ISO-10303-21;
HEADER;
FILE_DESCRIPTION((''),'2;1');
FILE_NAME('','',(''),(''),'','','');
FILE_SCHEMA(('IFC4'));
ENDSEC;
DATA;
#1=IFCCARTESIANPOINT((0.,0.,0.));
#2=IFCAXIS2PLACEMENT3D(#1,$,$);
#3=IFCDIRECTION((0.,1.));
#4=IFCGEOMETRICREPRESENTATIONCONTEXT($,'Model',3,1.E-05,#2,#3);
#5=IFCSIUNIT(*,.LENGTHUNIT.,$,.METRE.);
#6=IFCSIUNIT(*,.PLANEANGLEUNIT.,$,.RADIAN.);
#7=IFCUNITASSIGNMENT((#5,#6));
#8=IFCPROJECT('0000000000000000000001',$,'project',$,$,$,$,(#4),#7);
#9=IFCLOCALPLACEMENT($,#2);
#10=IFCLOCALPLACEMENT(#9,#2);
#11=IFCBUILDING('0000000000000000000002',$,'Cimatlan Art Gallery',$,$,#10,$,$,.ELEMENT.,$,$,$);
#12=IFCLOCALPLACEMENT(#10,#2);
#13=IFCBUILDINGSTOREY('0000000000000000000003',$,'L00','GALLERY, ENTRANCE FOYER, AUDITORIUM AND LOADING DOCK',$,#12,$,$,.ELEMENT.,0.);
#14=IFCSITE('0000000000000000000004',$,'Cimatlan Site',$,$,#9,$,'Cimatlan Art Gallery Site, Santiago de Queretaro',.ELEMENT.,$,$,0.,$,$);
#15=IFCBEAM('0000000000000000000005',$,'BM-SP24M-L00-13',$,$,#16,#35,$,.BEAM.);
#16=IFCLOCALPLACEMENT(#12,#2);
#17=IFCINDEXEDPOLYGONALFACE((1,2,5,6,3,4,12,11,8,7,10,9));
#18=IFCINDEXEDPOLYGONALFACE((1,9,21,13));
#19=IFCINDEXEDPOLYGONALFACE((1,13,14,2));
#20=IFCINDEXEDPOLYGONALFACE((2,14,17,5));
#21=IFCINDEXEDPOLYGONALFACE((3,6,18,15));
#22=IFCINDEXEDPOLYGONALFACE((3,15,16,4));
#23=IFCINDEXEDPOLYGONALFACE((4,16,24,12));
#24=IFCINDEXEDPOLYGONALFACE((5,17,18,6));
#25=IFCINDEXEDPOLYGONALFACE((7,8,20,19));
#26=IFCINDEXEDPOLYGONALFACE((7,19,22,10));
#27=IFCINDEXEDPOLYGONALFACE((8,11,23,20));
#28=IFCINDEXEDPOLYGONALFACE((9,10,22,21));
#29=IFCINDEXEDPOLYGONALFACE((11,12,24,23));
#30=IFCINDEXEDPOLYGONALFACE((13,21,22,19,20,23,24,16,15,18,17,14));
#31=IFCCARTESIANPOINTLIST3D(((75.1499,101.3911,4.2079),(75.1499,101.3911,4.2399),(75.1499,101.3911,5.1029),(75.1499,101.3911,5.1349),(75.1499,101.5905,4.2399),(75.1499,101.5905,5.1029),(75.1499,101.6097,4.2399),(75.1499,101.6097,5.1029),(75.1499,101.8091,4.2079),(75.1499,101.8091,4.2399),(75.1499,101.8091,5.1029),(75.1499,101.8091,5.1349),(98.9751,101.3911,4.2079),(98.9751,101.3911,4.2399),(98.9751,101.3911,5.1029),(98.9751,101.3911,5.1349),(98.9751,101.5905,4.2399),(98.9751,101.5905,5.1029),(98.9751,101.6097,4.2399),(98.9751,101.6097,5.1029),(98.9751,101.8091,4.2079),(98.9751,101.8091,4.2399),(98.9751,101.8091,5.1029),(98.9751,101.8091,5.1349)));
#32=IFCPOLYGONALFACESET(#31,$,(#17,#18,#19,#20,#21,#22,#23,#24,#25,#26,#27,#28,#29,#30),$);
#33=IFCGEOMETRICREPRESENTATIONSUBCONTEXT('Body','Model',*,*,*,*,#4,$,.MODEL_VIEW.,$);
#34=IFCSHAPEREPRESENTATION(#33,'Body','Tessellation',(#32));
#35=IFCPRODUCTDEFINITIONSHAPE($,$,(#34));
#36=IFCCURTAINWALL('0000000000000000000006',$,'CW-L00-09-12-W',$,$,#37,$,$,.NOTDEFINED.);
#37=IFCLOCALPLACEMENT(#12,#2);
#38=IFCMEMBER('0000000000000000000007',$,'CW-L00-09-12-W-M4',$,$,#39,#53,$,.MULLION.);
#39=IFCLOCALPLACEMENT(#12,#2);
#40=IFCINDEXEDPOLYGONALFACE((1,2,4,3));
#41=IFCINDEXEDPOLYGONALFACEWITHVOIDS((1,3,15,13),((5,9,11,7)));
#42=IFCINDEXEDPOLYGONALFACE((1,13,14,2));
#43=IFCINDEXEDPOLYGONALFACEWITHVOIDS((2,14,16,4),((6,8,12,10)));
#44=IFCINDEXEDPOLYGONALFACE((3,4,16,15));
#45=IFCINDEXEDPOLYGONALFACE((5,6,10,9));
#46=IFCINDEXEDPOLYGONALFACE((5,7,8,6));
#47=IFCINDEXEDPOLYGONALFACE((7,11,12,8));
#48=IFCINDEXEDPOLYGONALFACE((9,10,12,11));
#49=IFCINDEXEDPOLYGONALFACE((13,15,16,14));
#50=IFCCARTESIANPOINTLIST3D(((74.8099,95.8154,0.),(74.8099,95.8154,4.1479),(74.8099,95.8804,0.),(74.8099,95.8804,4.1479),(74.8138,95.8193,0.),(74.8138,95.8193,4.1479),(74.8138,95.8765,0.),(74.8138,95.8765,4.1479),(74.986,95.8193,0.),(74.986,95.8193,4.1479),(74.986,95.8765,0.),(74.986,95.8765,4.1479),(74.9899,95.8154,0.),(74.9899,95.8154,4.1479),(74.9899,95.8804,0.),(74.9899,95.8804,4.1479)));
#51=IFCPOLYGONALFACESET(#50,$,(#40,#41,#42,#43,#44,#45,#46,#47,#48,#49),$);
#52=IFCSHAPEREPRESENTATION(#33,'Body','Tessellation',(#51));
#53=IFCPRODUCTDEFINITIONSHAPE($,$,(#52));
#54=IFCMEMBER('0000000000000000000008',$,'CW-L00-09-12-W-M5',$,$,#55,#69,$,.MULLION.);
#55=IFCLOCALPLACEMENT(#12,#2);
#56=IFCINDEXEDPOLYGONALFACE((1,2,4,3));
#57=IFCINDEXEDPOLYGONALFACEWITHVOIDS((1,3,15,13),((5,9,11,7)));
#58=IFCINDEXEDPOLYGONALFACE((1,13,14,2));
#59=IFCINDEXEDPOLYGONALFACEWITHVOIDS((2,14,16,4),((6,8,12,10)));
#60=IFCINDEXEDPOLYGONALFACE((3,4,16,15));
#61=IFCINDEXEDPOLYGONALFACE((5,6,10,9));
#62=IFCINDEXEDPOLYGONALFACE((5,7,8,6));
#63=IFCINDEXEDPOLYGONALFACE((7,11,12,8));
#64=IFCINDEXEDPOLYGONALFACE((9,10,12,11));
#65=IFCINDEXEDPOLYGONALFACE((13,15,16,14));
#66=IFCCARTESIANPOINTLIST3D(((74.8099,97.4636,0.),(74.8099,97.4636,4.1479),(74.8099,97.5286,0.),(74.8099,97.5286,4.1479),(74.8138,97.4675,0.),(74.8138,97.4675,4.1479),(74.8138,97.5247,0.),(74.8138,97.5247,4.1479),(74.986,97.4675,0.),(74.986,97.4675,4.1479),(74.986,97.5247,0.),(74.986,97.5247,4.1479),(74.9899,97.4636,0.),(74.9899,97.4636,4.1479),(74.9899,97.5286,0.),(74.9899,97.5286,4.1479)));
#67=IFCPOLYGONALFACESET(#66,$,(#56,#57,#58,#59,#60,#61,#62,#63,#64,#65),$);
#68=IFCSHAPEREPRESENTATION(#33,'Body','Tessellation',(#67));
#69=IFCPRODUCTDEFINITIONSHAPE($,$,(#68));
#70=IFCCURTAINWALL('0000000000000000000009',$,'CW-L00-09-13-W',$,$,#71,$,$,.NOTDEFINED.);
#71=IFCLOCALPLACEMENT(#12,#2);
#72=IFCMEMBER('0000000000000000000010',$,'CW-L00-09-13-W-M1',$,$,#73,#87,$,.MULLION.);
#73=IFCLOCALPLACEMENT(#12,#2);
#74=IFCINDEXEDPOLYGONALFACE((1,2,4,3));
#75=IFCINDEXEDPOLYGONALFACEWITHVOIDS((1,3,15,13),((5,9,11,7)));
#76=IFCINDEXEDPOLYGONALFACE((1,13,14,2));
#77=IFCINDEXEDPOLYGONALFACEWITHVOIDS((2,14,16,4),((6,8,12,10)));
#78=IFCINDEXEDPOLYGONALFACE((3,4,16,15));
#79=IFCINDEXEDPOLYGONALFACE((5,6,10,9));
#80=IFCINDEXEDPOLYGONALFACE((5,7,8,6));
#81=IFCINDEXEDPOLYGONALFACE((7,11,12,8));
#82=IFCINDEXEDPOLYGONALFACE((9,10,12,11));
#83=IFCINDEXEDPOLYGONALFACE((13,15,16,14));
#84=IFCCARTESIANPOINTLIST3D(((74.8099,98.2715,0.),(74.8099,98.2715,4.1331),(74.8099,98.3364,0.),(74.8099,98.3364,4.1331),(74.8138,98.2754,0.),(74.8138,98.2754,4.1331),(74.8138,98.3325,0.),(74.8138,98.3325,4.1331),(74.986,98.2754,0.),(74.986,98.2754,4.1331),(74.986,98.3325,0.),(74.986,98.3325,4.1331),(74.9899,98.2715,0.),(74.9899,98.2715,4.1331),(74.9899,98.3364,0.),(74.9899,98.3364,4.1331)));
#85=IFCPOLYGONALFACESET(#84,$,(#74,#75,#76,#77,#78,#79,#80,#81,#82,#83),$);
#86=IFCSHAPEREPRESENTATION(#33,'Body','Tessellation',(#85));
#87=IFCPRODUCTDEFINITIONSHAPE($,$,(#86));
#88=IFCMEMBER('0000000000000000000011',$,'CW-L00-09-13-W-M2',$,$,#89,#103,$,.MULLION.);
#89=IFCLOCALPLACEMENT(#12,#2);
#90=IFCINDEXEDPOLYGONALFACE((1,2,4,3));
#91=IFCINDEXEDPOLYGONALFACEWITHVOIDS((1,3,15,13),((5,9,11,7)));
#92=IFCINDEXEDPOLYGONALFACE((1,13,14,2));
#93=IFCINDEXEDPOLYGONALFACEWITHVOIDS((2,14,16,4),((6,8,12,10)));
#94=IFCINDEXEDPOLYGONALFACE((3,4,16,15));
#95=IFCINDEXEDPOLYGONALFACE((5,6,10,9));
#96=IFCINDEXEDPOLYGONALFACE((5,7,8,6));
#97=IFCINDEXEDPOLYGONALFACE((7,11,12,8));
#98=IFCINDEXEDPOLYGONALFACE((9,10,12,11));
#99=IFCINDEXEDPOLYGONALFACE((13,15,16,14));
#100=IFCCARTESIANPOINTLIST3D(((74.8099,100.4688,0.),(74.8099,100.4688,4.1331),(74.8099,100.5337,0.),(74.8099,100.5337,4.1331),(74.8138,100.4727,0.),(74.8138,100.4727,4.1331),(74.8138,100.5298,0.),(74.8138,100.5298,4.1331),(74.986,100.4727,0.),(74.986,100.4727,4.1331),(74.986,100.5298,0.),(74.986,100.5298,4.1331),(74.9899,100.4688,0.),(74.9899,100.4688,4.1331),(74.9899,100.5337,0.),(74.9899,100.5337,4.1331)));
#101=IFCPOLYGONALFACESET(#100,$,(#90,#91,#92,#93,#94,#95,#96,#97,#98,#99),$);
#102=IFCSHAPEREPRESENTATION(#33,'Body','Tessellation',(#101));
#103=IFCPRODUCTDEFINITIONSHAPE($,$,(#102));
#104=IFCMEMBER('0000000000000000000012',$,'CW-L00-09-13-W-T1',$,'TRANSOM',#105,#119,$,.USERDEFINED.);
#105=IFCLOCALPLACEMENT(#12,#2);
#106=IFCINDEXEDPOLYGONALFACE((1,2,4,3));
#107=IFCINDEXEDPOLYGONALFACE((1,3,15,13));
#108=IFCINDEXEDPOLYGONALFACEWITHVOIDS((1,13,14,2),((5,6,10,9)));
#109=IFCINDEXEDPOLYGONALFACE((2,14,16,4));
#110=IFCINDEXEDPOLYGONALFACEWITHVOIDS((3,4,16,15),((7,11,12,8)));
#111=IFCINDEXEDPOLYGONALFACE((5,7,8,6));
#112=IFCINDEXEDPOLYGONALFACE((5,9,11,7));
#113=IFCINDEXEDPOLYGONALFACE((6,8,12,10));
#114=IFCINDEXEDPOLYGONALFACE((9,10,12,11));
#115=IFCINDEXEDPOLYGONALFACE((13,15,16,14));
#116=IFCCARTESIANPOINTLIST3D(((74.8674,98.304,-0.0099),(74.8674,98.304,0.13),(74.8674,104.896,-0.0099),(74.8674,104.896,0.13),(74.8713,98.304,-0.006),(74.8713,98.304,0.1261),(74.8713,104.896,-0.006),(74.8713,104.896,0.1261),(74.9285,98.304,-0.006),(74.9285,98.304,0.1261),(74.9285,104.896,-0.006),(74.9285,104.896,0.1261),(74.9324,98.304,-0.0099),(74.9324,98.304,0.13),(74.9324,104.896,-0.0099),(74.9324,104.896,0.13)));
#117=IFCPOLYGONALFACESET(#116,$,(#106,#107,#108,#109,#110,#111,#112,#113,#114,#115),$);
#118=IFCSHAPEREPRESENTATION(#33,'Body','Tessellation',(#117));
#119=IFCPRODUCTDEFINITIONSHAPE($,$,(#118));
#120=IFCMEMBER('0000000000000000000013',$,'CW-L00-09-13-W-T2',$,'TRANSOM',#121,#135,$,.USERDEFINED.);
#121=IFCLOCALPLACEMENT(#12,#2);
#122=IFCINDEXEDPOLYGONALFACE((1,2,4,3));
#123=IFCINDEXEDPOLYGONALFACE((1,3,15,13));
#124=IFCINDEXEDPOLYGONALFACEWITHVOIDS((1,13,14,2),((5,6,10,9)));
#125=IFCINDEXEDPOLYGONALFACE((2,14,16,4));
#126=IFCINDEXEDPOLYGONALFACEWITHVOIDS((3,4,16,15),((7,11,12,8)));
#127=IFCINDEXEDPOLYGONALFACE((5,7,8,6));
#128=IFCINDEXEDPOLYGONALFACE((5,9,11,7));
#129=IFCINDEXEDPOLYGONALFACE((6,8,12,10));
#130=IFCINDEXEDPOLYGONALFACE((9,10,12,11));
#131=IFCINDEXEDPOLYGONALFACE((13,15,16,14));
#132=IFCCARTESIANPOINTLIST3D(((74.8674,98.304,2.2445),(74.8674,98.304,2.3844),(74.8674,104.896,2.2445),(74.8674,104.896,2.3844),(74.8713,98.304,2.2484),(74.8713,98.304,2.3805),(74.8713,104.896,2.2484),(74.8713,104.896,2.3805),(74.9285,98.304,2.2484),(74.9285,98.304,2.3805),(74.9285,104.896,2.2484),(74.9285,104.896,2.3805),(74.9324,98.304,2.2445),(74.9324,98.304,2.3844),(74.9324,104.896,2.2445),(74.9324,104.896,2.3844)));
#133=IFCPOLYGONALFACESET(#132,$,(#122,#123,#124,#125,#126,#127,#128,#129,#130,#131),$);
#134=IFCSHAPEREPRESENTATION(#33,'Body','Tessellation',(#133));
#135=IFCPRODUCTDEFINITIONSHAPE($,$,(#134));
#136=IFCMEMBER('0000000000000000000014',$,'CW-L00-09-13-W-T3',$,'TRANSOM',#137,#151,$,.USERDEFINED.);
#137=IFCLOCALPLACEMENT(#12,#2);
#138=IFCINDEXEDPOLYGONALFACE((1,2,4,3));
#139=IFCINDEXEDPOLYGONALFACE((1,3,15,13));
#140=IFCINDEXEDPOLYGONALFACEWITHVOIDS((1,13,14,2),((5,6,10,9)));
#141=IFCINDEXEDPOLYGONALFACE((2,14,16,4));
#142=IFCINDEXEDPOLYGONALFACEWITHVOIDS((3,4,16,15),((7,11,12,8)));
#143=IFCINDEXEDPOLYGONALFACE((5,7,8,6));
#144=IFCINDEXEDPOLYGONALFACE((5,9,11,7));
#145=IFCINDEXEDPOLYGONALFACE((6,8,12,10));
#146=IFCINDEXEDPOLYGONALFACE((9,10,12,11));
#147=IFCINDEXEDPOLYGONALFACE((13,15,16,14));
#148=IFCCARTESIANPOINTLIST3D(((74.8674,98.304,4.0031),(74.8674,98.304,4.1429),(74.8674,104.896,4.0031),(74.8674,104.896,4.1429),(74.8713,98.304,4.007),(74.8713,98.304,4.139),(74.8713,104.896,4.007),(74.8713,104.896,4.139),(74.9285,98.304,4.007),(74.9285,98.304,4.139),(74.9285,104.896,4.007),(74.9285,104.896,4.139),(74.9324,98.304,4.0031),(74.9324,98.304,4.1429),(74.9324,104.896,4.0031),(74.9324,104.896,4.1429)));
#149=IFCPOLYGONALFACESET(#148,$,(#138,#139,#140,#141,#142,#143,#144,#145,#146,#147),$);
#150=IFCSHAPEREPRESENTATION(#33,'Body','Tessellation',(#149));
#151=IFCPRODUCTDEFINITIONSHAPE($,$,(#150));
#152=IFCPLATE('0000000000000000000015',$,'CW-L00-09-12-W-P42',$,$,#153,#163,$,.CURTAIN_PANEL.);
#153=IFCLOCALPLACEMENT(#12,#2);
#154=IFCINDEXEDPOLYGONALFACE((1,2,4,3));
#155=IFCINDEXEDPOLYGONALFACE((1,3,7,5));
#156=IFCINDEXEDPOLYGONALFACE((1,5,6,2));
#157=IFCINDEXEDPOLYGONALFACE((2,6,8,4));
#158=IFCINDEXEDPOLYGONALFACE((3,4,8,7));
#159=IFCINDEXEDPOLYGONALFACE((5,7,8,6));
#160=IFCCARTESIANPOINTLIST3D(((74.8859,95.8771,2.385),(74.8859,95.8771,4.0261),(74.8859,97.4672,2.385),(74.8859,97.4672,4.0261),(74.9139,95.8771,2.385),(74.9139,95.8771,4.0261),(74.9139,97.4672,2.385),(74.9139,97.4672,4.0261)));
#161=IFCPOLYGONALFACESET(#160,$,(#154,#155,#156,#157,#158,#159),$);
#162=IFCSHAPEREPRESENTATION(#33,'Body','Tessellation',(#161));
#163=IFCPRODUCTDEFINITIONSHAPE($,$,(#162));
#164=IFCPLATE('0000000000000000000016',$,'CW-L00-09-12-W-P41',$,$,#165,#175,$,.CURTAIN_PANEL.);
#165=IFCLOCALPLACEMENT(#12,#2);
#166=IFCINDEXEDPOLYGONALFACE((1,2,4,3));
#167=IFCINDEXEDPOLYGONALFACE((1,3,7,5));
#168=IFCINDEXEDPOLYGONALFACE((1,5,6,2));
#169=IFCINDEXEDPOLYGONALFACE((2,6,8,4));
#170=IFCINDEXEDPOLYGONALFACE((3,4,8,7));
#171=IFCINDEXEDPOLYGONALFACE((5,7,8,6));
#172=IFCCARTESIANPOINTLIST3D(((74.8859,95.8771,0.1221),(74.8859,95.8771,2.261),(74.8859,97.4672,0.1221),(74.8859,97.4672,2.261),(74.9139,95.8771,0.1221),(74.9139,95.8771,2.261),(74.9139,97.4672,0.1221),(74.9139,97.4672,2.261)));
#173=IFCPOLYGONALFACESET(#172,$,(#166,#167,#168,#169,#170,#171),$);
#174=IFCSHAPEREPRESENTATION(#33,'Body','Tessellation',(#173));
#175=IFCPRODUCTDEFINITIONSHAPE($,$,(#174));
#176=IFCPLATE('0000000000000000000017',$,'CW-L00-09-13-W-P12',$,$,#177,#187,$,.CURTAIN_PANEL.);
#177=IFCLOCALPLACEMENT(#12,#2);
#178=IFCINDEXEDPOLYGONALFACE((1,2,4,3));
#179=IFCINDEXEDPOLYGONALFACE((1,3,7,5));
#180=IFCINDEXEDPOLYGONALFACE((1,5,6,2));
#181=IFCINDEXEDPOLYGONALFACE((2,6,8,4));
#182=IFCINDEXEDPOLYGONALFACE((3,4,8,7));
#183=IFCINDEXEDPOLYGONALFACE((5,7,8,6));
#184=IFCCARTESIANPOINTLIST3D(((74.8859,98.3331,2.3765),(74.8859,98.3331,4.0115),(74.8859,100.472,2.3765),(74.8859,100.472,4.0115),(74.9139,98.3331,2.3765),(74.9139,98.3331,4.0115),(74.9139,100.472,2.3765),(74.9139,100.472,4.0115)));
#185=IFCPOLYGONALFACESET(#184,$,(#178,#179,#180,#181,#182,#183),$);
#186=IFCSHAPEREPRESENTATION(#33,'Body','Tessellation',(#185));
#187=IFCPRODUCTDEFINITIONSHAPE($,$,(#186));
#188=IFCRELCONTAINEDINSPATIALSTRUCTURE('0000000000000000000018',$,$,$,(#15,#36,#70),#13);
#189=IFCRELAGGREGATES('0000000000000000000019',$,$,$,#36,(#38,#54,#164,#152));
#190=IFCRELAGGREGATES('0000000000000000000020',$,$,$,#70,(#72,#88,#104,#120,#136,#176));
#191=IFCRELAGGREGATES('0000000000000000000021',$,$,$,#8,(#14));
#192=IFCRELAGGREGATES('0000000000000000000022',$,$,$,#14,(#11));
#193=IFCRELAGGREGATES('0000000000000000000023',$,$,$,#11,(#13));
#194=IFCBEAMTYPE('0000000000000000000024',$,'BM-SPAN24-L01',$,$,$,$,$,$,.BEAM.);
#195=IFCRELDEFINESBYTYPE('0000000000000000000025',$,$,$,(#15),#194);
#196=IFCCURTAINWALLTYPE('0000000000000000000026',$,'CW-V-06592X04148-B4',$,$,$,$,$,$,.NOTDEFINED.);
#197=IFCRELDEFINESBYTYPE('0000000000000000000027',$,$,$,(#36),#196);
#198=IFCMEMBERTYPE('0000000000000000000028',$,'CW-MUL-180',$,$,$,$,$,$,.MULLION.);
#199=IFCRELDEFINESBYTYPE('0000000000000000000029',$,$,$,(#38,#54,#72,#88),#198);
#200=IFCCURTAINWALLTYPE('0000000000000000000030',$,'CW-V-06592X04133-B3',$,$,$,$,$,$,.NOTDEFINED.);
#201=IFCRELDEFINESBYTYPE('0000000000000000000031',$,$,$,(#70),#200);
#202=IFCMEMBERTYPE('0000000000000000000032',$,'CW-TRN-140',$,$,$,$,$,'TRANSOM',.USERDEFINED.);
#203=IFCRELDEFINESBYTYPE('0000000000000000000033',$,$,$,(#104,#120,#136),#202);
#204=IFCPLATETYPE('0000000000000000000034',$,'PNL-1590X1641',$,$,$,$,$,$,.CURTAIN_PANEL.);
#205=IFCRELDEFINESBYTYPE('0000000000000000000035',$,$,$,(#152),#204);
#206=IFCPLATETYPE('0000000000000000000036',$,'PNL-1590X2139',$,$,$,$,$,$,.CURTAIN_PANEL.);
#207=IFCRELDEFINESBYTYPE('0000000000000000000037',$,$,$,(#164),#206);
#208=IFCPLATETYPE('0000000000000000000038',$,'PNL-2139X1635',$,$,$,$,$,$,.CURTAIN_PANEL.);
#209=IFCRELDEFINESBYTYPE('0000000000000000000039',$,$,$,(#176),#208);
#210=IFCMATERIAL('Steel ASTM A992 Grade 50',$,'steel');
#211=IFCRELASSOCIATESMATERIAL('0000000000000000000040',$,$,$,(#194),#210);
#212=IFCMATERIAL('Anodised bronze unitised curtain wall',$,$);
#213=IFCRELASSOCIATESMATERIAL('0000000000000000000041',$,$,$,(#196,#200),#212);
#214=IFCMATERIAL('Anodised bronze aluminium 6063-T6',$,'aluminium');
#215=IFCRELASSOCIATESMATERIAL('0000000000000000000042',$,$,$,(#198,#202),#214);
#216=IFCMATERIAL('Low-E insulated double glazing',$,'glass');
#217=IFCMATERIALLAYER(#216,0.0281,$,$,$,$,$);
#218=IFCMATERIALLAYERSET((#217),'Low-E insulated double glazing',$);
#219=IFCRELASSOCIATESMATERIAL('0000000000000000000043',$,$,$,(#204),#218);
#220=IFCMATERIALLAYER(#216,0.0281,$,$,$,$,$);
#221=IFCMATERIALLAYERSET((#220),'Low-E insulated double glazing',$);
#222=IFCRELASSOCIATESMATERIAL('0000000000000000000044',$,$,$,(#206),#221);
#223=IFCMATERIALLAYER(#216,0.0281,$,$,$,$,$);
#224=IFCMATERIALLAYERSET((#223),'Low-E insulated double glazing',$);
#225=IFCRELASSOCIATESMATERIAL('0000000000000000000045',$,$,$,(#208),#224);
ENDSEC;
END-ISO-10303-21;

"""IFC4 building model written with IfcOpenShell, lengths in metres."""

from ifc_helpers import new_model, si_unit, direction, frame, origin, origin_2d, place, context, subcontext, project, spatial, rectangle, hollow_rectangle, i_section, extrude, material, layer, layer_set, material_profile, profile_set, type_object, element, aggregate, save


model = new_model("IFC4")

# Units and contexts
model_context = context("Model", 3, precision=1e-05, world=origin(), true_north=direction((0.0, 1.0)))
body_context = subcontext(model_context, "Body", "Model", "MODEL_VIEW")
ifc_project = project(units=[si_unit("LENGTHUNIT", "METRE"), si_unit("PLANEANGLEUNIT", "RADIAN")], contexts=[model_context])

# Site, building, storey
site_placement = place(None, origin())
site = spatial("IfcSite", under=ifc_project, at=site_placement, Name="Cimatlan Site", LongName="Cimatlan Art Gallery Site, Santiago de Queretaro", CompositionType="ELEMENT", RefElevation=0.0)
building_placement = place(site_placement, origin())
building = spatial("IfcBuilding", under=site, at=building_placement, Name="Cimatlan Art Gallery", CompositionType="ELEMENT")
storey_placement = place(building_placement, origin())
storey = spatial("IfcBuildingStorey", under=building, at=storey_placement, Name="L00", Description="GALLERY, ENTRANCE FOYER, AUDITORIUM AND LOADING DOCK", CompositionType="ELEMENT", Elevation=0.0)

# Beam
ifc_material_1 = material(Name="Steel ASTM A992 Grade 50", Category="steel")
ifc_material_profile_1 = material_profile(ifc_material_1, i_section(OverallWidth=0.418, OverallDepth=0.927, WebThickness=0.0193, FlangeThickness=0.032, at=origin_2d()), Name="W36X231")
ifc_profile_set_1 = profile_set([ifc_material_profile_1], Name="Steel ASTM A992 Grade 50")
beam_type_1 = type_object("IfcBeamType", Name="BM-SPAN24-L01", PredefinedType="BEAM", material=ifc_profile_set_1)
beam_1_placement = place(storey_placement, frame((75.1499, 101.6001, 4.6714), z_axis=(1.0, 0.0, 0.0), x_axis=(0.0, 1.0, 0.0)))
element("IfcBeam", 1, at=beam_1_placement, inside=storey, type_object=beam_type_1, Name="BM-SP24M-L00-13", PredefinedType="BEAM", context=body_context, shape_type="SweptSolid", body=[
    extrude(i_section(OverallWidth=0.418, OverallDepth=0.927, WebThickness=0.0193, FlangeThickness=0.032, at=origin_2d()), origin(), (0.0, 0.0, 1.0), 23.8252),
])

# Curtain walls, members
ifc_material_2 = material(Name="Anodised bronze unitised curtain wall")
curtain_wall_type_1 = type_object("IfcCurtainWallType", Name="CW-V-06592X04148-B4", PredefinedType="NOTDEFINED", material=ifc_material_2)
curtain_wall_1_placement = place(storey_placement, origin())
curtain_wall_1 = element("IfcCurtainWall", 2, at=curtain_wall_1_placement, inside=storey, type_object=curtain_wall_type_1, Name="CW-L00-09-12-W", PredefinedType="NOTDEFINED")
ifc_material_3 = material(Name="Anodised bronze aluminium 6063-T6", Category="aluminium")
ifc_material_profile_2 = material_profile(ifc_material_3, hollow_rectangle(XDim=0.0649, YDim=0.1799, WallThickness=0.0039, at=origin_2d()), Name="ALU65X180X4")
ifc_profile_set_2 = profile_set([ifc_material_profile_2], Name="Anodised bronze aluminium 6063-T6")
member_type_1 = type_object("IfcMemberType", Name="CW-MUL-180", PredefinedType="MULLION", material=ifc_profile_set_2)
member_1_placement = place(storey_placement, frame((74.8999, 95.8479, 0.0), z_axis=(0.0, 0.0, 1.0), x_axis=(0.0, 1.0, 0.0)))
member_1 = element("IfcMember", 3, at=member_1_placement, type_object=member_type_1, Name="CW-L00-09-12-W-M4", PredefinedType="MULLION", context=body_context, shape_type="SweptSolid", body=[
    extrude(hollow_rectangle(XDim=0.0649, YDim=0.1799, WallThickness=0.0039, at=origin_2d()), origin(), (0.0, 0.0, 1.0), 4.1479),
])
member_2_placement = place(storey_placement, frame((74.8999, 97.4961, 0.0), z_axis=(0.0, 0.0, 1.0), x_axis=(0.0, 1.0, 0.0)))
member_2 = element("IfcMember", 4, at=member_2_placement, type_object=member_type_1, Name="CW-L00-09-12-W-M5", PredefinedType="MULLION", context=body_context, shape_type="SweptSolid", body=[
    extrude(hollow_rectangle(XDim=0.0649, YDim=0.1799, WallThickness=0.0039, at=origin_2d()), origin(), (0.0, 0.0, 1.0), 4.1479),
])
curtain_wall_type_2 = type_object("IfcCurtainWallType", Name="CW-V-06592X04133-B3", PredefinedType="NOTDEFINED", material=ifc_material_2)
curtain_wall_2_placement = place(storey_placement, origin())
curtain_wall_2 = element("IfcCurtainWall", 5, at=curtain_wall_2_placement, inside=storey, type_object=curtain_wall_type_2, Name="CW-L00-09-13-W", PredefinedType="NOTDEFINED")
member_3_placement = place(storey_placement, frame((74.8999, 98.304, 0.0), z_axis=(0.0, 0.0, 1.0), x_axis=(0.0, 1.0, 0.0)))
member_3 = element("IfcMember", 6, at=member_3_placement, type_object=member_type_1, Name="CW-L00-09-13-W-M1", PredefinedType="MULLION", context=body_context, shape_type="SweptSolid", body=[
    extrude(hollow_rectangle(XDim=0.0649, YDim=0.1799, WallThickness=0.0039, at=origin_2d()), origin(), (0.0, 0.0, 1.0), 4.1331),
])
member_4_placement = place(storey_placement, frame((74.8999, 100.5012, 0.0), z_axis=(0.0, 0.0, 1.0), x_axis=(0.0, 1.0, 0.0)))
member_4 = element("IfcMember", 7, at=member_4_placement, type_object=member_type_1, Name="CW-L00-09-13-W-M2", PredefinedType="MULLION", context=body_context, shape_type="SweptSolid", body=[
    extrude(hollow_rectangle(XDim=0.0649, YDim=0.1799, WallThickness=0.0039, at=origin_2d()), origin(), (0.0, 0.0, 1.0), 4.1331),
])
ifc_material_profile_3 = material_profile(ifc_material_3, hollow_rectangle(XDim=0.0649, YDim=0.1399, WallThickness=0.0039, at=origin_2d()), Name="ALU65X140X4")
ifc_profile_set_3 = profile_set([ifc_material_profile_3], Name="Anodised bronze aluminium 6063-T6")
member_type_2 = type_object("IfcMemberType", Name="CW-TRN-140", ElementType="TRANSOM", PredefinedType="USERDEFINED", material=ifc_profile_set_3)
member_5_placement = place(storey_placement, frame((74.8999, 98.304, 0.0601), z_axis=(0.0, 1.0, 0.0), x_axis=(-1.0, 0.0, 0.0)))
member_5 = element("IfcMember", 8, at=member_5_placement, type_object=member_type_2, Name="CW-L00-09-13-W-T1", ObjectType="TRANSOM", PredefinedType="USERDEFINED", context=body_context, shape_type="SweptSolid", body=[
    extrude(hollow_rectangle(XDim=0.0649, YDim=0.1399, WallThickness=0.0039, at=origin_2d()), origin(), (0.0, 0.0, 1.0), 6.592),
])
member_6_placement = place(storey_placement, frame((74.8999, 98.304, 2.3145), z_axis=(0.0, 1.0, 0.0), x_axis=(-1.0, 0.0, 0.0)))
member_6 = element("IfcMember", 9, at=member_6_placement, type_object=member_type_2, Name="CW-L00-09-13-W-T2", ObjectType="TRANSOM", PredefinedType="USERDEFINED", context=body_context, shape_type="SweptSolid", body=[
    extrude(hollow_rectangle(XDim=0.0649, YDim=0.1399, WallThickness=0.0039, at=origin_2d()), origin(), (0.0, 0.0, 1.0), 6.592),
])
member_7_placement = place(storey_placement, frame((74.8999, 98.304, 4.073), z_axis=(0.0, 1.0, 0.0), x_axis=(-1.0, 0.0, 0.0)))
member_7 = element("IfcMember", 10, at=member_7_placement, type_object=member_type_2, Name="CW-L00-09-13-W-T3", ObjectType="TRANSOM", PredefinedType="USERDEFINED", context=body_context, shape_type="SweptSolid", body=[
    extrude(hollow_rectangle(XDim=0.0649, YDim=0.1399, WallThickness=0.0039, at=origin_2d()), origin(), (0.0, 0.0, 1.0), 6.592),
])

# Plates
ifc_material_4 = material(Name="Low-E insulated double glazing", Category="glass")
ifc_layer_1 = layer(ifc_material_4, 0.0281)
ifc_layer_set_1 = layer_set([ifc_layer_1], Name="Low-E insulated double glazing")
plate_type_1 = type_object("IfcPlateType", Name="PNL-1590X1641", PredefinedType="CURTAIN_PANEL", material=ifc_layer_set_1)
plate_1_placement = place(storey_placement, frame((74.8999, 96.6721, 2.385), z_axis=(0.0, 0.0, 1.0), x_axis=(0.0, 1.0, 0.0)))
plate_1 = element("IfcPlate", 11, at=plate_1_placement, type_object=plate_type_1, Name="CW-L00-09-12-W-P42", PredefinedType="CURTAIN_PANEL", context=body_context, shape_type="SweptSolid", body=[
    extrude(rectangle(XDim=1.5901, YDim=0.0281, at=origin_2d()), origin(), (0.0, 0.0, 1.0), 1.6411),
])
ifc_layer_2 = layer(ifc_material_4, 0.0281)
ifc_layer_set_2 = layer_set([ifc_layer_2], Name="Low-E insulated double glazing")
plate_type_2 = type_object("IfcPlateType", Name="PNL-1590X2139", PredefinedType="CURTAIN_PANEL", material=ifc_layer_set_2)
plate_2_placement = place(storey_placement, frame((74.8999, 96.6721, 0.1221), z_axis=(0.0, 0.0, 1.0), x_axis=(0.0, 1.0, 0.0)))
plate_2 = element("IfcPlate", 12, at=plate_2_placement, type_object=plate_type_2, Name="CW-L00-09-12-W-P41", PredefinedType="CURTAIN_PANEL", context=body_context, shape_type="SweptSolid", body=[
    extrude(rectangle(XDim=1.5901, YDim=0.0281, at=origin_2d()), origin(), (0.0, 0.0, 1.0), 2.1389),
])
aggregate(curtain_wall_1, [member_1, member_2, plate_2, plate_1])
ifc_layer_3 = layer(ifc_material_4, 0.0281)
ifc_layer_set_3 = layer_set([ifc_layer_3], Name="Low-E insulated double glazing")
plate_type_3 = type_object("IfcPlateType", Name="PNL-2139X1635", PredefinedType="CURTAIN_PANEL", material=ifc_layer_set_3)
plate_3_placement = place(storey_placement, frame((74.8999, 99.4026, 2.3765), z_axis=(0.0, 0.0, 1.0), x_axis=(0.0, 1.0, 0.0)))
plate_3 = element("IfcPlate", 13, at=plate_3_placement, type_object=plate_type_3, Name="CW-L00-09-13-W-P12", PredefinedType="CURTAIN_PANEL", context=body_context, shape_type="SweptSolid", body=[
    extrude(rectangle(XDim=2.1389, YDim=0.0281, at=origin_2d()), origin(), (0.0, 0.0, 1.0), 1.635),
])
aggregate(curtain_wall_2, [member_3, member_4, member_5, member_6, member_7, plate_3])

save(model, "model.ifc")
